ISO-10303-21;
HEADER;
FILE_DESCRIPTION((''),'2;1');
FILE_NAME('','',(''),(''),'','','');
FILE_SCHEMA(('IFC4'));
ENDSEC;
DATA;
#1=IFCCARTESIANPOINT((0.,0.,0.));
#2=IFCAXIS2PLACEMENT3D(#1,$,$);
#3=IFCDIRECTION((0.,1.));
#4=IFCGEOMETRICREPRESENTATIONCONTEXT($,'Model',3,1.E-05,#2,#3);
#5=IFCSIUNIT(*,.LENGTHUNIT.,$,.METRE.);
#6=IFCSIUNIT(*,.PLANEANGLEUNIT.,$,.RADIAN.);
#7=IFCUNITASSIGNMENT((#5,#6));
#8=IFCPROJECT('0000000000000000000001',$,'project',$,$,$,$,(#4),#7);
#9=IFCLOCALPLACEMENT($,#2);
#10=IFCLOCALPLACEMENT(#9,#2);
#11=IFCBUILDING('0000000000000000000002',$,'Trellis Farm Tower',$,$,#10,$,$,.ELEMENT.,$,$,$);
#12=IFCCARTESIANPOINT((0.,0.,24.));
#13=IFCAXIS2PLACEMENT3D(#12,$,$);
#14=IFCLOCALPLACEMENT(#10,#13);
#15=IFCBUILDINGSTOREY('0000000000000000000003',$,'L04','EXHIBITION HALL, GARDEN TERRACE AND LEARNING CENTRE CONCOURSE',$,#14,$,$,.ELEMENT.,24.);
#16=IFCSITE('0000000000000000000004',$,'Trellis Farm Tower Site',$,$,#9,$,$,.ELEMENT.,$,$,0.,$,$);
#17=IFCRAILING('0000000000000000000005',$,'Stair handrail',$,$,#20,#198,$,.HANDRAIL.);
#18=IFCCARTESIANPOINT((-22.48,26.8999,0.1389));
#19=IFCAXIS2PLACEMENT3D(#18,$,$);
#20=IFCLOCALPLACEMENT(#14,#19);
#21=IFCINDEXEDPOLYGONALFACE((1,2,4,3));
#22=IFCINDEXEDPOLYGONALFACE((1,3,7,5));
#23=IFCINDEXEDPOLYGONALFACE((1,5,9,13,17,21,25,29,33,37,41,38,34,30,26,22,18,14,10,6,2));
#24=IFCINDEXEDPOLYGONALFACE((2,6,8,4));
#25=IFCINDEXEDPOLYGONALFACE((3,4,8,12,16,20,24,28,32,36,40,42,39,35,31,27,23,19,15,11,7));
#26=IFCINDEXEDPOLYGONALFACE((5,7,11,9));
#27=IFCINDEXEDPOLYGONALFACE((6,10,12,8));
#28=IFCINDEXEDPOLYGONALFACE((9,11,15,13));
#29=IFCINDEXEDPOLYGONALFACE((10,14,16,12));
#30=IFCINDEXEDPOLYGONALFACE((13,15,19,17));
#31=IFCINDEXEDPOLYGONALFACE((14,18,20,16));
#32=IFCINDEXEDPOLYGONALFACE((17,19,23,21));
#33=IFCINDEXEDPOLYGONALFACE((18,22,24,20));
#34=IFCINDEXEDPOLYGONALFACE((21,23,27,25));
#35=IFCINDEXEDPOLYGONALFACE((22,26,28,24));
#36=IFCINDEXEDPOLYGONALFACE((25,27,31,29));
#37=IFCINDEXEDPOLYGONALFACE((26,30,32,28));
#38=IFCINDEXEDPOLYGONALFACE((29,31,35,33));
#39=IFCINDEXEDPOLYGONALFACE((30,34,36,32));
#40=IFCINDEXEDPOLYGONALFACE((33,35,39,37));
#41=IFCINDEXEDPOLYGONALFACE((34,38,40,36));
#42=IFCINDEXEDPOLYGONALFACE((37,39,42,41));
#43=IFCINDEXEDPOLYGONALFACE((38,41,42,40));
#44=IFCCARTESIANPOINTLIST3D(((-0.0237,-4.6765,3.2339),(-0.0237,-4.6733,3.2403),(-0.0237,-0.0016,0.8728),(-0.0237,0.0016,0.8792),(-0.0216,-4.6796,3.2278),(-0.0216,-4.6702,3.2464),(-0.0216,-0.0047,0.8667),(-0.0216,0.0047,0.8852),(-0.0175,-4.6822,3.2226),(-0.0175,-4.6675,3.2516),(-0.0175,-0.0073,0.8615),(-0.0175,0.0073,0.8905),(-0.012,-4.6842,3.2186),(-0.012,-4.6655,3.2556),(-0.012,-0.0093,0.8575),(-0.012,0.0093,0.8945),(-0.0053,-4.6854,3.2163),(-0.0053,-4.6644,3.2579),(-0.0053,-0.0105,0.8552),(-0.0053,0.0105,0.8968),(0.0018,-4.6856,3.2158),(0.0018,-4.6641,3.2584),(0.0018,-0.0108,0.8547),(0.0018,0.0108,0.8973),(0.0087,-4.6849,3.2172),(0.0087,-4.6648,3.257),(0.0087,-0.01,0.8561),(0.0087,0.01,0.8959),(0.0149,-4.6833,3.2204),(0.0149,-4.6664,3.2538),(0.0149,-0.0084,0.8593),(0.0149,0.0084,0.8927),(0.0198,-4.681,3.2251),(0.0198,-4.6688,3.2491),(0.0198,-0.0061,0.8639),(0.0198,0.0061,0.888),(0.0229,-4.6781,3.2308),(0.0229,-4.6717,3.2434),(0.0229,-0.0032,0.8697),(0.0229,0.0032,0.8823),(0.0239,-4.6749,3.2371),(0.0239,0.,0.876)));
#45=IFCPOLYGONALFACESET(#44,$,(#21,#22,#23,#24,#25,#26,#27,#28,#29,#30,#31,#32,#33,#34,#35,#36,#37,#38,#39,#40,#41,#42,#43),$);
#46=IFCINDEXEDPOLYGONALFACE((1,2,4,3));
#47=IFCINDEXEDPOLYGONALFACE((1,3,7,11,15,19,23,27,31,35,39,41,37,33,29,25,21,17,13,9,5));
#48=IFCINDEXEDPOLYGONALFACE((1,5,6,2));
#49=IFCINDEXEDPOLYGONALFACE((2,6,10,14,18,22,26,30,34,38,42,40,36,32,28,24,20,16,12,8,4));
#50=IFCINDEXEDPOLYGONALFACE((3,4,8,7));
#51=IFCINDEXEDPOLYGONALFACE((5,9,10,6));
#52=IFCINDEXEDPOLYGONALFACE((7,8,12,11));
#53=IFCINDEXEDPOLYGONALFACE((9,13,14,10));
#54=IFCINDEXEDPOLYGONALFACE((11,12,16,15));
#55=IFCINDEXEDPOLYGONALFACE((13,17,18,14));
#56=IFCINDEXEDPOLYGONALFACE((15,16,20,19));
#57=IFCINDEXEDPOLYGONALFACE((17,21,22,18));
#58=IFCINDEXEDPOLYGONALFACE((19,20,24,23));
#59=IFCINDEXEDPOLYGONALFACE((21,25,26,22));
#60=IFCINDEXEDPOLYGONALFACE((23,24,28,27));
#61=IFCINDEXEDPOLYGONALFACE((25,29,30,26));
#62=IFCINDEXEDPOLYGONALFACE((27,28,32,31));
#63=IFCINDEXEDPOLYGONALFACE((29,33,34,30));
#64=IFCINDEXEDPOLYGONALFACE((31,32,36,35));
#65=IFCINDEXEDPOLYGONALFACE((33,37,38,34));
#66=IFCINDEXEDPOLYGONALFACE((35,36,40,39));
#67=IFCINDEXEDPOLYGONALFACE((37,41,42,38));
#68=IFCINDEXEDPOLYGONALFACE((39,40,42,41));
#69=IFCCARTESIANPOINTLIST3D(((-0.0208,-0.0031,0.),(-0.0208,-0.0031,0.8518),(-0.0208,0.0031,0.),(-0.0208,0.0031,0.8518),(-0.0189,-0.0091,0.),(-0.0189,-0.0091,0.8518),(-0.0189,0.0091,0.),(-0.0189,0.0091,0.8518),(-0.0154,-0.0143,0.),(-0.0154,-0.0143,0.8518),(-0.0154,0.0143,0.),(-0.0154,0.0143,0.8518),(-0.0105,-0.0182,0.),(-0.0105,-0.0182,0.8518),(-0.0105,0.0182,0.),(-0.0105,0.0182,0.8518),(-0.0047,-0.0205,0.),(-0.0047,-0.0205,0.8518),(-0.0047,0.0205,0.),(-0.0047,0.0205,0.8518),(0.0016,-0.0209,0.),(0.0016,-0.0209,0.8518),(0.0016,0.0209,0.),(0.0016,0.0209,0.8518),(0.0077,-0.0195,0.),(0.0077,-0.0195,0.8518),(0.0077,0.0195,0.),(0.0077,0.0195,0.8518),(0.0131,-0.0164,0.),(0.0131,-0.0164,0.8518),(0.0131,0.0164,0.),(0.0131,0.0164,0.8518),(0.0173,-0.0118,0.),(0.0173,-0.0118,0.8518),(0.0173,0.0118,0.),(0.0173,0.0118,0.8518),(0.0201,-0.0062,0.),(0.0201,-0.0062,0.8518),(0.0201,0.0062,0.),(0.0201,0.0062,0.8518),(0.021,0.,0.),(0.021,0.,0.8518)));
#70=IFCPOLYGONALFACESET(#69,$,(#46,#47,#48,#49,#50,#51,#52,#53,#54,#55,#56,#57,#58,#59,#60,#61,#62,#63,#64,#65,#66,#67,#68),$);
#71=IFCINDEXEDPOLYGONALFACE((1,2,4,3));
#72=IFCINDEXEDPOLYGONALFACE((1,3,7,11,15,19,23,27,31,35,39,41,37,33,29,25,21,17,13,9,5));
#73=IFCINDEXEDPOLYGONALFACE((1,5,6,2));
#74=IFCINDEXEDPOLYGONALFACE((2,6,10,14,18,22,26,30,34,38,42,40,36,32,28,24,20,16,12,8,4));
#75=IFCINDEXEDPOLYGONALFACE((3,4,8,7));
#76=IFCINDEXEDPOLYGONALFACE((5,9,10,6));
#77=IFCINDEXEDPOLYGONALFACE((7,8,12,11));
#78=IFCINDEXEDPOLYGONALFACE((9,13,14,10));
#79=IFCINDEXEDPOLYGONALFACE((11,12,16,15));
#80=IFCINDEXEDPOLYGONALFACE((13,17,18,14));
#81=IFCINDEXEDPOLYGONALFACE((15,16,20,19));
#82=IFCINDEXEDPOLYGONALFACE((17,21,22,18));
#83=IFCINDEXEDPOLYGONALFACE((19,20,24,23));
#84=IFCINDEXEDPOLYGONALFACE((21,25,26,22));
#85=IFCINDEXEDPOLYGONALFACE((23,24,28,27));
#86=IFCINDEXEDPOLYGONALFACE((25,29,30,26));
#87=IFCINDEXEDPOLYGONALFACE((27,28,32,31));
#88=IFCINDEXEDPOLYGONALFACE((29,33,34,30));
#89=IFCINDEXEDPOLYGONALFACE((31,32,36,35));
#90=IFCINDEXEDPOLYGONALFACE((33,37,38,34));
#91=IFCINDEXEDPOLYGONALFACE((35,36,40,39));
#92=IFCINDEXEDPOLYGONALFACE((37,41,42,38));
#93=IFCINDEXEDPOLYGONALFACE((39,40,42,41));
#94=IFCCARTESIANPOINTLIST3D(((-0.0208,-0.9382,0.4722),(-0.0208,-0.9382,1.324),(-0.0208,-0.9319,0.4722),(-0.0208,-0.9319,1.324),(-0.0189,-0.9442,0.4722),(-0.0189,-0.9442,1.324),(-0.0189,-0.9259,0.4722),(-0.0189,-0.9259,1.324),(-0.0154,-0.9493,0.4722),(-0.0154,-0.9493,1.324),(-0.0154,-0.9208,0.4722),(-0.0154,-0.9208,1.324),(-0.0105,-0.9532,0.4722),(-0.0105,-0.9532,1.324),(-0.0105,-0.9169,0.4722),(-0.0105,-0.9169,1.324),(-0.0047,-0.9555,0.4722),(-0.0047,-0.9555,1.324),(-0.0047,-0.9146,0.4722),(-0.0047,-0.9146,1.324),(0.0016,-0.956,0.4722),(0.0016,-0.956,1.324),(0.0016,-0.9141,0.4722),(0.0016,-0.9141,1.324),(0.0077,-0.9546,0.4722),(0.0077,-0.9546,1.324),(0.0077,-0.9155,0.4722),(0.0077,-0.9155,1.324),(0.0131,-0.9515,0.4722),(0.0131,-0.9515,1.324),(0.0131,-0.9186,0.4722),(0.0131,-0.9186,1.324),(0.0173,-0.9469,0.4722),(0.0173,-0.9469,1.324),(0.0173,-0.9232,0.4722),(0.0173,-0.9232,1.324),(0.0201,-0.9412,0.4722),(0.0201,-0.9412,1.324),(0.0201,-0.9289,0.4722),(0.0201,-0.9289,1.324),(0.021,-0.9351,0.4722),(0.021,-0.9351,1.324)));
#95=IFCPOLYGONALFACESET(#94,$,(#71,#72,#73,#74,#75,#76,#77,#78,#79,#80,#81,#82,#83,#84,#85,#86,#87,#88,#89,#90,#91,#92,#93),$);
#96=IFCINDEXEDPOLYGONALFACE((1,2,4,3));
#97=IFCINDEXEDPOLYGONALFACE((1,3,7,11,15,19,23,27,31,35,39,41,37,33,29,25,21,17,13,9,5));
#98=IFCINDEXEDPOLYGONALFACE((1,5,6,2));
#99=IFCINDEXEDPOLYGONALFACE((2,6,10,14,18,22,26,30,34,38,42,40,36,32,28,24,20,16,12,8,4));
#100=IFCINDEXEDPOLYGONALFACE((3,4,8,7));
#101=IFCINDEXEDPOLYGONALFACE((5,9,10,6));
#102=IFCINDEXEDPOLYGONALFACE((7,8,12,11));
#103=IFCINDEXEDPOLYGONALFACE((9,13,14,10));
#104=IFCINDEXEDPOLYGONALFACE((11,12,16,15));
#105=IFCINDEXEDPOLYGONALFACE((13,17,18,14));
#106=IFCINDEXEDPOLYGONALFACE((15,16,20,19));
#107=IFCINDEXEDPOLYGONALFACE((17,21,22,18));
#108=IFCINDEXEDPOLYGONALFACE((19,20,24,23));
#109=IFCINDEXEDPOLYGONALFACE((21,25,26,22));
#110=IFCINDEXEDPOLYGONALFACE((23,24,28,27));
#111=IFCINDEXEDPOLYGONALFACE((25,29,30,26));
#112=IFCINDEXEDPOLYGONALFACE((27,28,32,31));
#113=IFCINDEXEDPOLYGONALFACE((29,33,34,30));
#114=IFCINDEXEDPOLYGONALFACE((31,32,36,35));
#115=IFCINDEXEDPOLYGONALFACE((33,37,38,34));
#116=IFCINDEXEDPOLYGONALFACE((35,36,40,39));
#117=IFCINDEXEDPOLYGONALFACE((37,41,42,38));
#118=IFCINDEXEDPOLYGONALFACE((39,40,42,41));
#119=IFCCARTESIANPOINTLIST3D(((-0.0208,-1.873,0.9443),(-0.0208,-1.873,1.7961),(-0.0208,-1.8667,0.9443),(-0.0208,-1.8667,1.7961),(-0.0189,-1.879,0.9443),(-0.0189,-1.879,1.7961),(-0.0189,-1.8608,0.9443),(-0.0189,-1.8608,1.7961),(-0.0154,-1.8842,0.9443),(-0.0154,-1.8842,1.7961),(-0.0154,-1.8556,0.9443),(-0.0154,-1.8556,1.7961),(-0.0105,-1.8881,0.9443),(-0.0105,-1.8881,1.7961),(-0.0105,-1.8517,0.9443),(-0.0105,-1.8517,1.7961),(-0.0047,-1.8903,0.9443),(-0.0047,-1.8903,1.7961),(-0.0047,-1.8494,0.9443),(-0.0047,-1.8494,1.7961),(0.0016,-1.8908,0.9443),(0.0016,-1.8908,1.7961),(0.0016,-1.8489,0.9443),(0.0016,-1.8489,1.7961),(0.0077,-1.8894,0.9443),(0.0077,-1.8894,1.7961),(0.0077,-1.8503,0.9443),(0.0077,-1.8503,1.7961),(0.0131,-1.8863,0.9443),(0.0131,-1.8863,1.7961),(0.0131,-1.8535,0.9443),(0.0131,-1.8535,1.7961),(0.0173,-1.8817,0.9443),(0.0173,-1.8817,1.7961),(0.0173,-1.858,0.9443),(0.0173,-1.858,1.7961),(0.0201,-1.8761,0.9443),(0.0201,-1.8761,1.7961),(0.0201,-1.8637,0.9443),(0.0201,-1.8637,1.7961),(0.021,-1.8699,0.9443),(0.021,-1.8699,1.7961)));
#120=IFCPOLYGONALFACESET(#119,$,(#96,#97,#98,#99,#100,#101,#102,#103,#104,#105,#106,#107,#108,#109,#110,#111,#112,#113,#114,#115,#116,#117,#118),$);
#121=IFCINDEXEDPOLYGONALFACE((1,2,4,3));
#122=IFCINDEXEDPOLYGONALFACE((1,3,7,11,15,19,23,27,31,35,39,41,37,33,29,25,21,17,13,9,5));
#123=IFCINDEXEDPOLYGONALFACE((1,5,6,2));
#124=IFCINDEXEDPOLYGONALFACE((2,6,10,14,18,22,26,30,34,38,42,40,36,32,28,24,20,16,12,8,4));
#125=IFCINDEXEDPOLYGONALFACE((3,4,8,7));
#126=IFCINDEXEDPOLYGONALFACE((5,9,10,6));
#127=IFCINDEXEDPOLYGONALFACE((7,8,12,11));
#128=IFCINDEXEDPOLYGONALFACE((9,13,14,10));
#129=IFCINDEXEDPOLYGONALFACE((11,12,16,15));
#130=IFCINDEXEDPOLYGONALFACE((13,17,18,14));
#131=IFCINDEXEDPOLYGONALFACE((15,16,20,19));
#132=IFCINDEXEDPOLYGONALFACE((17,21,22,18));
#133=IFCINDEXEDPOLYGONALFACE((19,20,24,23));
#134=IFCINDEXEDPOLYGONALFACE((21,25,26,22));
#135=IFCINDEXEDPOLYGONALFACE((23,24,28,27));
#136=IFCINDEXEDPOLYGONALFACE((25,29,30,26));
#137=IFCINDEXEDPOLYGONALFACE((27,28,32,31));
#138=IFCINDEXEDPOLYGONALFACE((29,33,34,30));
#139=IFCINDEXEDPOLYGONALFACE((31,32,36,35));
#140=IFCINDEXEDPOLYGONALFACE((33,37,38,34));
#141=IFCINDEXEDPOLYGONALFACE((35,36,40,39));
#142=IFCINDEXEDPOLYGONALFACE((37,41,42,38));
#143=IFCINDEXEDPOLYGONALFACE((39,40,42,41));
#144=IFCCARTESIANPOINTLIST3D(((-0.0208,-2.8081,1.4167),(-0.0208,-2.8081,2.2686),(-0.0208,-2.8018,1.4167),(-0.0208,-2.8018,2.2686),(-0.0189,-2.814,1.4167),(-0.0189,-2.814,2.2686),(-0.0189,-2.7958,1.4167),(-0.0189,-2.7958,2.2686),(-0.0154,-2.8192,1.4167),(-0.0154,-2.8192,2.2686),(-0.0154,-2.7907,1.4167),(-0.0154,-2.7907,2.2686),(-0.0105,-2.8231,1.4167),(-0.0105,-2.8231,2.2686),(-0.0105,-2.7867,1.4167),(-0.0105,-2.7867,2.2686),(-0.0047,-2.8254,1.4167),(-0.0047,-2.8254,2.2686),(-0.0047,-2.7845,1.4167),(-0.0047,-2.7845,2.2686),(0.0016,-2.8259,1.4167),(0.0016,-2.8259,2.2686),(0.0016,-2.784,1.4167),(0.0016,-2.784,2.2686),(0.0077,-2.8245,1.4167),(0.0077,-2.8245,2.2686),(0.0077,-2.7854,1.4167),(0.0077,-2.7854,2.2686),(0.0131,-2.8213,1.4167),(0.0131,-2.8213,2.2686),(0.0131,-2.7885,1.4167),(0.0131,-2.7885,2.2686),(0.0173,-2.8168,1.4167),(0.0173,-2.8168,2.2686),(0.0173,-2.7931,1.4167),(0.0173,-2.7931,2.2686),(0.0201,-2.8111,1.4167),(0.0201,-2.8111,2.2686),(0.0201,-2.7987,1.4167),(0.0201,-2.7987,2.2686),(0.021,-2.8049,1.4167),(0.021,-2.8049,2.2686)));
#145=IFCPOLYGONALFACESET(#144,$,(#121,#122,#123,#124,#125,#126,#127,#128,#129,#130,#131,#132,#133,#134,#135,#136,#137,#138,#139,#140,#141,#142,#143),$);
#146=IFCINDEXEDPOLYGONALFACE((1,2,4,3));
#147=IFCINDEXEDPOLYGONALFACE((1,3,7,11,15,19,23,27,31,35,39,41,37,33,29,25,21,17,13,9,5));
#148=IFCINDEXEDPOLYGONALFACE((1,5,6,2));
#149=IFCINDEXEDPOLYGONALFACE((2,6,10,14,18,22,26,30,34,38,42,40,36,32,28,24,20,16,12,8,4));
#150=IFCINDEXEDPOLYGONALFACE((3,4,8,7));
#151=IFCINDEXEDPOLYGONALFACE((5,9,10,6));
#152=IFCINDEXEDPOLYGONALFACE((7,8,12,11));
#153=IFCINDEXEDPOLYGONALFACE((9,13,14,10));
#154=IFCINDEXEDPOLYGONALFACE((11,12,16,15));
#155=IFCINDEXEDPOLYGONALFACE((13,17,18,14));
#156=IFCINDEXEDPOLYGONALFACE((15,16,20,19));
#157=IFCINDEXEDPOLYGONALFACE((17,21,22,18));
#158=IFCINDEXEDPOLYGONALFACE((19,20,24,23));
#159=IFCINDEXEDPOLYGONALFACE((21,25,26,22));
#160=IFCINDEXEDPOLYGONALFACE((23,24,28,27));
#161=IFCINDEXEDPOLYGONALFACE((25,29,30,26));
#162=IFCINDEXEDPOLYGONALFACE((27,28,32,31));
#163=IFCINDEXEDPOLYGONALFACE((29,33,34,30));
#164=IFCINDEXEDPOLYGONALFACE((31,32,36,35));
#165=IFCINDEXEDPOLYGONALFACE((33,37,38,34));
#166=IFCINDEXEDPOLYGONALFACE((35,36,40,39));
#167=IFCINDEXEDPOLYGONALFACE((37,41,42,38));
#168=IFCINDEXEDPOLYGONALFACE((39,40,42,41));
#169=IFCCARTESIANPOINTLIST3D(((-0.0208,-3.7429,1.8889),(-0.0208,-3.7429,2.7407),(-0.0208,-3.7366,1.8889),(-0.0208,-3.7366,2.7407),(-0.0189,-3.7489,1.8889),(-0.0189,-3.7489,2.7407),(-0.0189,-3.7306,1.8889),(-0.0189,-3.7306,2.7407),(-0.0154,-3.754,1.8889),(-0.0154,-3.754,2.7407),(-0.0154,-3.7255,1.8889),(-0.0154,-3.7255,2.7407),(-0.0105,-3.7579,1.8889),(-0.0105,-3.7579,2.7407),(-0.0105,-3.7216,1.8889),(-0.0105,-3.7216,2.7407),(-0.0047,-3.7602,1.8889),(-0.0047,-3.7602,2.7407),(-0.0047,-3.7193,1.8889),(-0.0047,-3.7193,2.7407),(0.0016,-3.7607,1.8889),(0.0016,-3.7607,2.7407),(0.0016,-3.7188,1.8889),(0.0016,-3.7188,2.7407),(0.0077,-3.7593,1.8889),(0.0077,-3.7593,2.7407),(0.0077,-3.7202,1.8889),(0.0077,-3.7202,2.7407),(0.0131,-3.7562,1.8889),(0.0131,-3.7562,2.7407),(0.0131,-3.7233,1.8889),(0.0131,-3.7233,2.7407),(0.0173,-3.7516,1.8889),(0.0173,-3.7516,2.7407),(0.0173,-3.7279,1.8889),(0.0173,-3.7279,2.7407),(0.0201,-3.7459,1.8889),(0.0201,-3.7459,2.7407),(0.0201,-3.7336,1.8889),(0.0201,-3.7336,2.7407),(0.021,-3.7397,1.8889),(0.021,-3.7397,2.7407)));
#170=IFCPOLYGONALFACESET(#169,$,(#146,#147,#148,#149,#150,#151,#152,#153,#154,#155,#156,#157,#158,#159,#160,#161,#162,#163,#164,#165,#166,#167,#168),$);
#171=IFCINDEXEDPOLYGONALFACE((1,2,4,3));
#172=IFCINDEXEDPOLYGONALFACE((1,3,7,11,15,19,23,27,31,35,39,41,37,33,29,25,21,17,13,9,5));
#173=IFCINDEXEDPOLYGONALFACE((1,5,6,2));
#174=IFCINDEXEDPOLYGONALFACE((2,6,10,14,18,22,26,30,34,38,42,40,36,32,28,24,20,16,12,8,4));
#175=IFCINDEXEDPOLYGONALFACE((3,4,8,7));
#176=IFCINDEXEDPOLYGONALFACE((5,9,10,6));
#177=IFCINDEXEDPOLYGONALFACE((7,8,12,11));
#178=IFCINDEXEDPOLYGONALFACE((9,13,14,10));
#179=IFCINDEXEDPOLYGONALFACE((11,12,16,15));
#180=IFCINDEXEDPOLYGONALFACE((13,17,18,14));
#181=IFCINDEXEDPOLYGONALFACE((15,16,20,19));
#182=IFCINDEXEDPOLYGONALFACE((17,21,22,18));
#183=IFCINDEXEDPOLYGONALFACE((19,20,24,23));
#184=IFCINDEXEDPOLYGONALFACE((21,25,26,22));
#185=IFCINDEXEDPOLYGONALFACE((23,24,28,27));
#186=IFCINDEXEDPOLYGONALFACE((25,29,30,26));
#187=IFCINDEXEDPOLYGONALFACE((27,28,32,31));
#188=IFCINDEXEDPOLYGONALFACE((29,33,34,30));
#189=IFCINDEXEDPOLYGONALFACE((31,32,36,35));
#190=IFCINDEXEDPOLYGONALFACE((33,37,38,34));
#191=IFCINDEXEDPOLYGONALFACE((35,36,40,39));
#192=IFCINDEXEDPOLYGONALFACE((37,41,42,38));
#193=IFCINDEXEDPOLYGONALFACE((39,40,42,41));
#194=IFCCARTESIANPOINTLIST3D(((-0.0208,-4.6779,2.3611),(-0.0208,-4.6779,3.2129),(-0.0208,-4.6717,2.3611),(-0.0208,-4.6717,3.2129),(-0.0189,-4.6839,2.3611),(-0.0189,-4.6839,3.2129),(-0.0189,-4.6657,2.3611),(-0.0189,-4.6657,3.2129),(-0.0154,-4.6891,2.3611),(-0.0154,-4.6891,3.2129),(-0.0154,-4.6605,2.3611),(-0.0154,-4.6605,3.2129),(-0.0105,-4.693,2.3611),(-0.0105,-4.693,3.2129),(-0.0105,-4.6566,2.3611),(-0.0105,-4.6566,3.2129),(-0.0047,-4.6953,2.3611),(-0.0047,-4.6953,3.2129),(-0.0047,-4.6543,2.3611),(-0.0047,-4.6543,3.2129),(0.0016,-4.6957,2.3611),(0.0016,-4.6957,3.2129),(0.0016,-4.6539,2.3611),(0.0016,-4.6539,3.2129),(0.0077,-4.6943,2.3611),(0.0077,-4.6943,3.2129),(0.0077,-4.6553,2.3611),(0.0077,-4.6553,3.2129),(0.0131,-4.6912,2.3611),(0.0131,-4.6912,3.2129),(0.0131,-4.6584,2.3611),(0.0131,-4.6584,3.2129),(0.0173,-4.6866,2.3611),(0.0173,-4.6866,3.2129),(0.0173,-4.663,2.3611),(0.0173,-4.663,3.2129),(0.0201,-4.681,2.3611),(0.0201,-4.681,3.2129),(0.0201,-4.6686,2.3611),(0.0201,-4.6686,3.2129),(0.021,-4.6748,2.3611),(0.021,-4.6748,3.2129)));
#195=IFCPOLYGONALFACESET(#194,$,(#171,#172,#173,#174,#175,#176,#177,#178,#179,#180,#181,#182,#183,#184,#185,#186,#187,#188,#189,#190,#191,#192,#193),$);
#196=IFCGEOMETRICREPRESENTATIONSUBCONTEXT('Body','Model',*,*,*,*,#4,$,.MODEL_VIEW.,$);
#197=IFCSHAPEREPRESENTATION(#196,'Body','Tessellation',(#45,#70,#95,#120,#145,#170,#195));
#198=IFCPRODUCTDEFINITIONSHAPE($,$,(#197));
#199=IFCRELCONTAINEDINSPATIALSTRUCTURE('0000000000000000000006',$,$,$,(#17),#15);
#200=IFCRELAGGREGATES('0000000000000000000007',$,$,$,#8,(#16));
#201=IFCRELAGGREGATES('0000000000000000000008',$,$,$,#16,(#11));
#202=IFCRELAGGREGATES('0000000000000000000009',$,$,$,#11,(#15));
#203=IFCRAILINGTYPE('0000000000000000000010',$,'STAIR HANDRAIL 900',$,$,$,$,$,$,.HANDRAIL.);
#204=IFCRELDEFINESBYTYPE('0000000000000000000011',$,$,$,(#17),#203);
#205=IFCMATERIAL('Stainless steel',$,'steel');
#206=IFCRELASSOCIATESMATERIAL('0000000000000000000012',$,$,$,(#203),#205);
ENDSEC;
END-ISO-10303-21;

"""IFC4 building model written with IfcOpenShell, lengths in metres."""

from ifc_helpers import new_model, si_unit, direction, frame, origin, origin_2d, place, context, subcontext, project, spatial, circle, extrude, source, transform, mapped, material, type_object, element, save


model = new_model("IFC4")

# Units and contexts
model_context = context("Model", 3, precision=1e-05, world=origin(), true_north=direction((0.0, 1.0)))
body_context = subcontext(model_context, "Body", "Model", "MODEL_VIEW")
ifc_project = project(units=[si_unit("LENGTHUNIT", "METRE"), si_unit("PLANEANGLEUNIT", "RADIAN")], contexts=[model_context])

# Site, building, storey
site_placement = place(None, origin())
site = spatial("IfcSite", under=ifc_project, at=site_placement, Name="Trellis Farm Tower Site", CompositionType="ELEMENT", RefElevation=0.0)
building_placement = place(site_placement, origin())
building = spatial("IfcBuilding", under=site, at=building_placement, Name="Trellis Farm Tower", CompositionType="ELEMENT")
storey_placement = place(building_placement, frame((0.0, 0.0, 24.0)))
storey = spatial("IfcBuildingStorey", under=building, at=storey_placement, Name="L04", Description="EXHIBITION HALL, GARDEN TERRACE AND LEARNING CENTRE CONCOURSE", CompositionType="ELEMENT", Elevation=24.0)

# Railing
ifc_material_1 = material(Name="Stainless steel", Category="steel")
railing_type_1 = type_object("IfcRailingType", Name="STAIR HANDRAIL 900", PredefinedType="HANDRAIL", material=ifc_material_1)
shared_shape_1 = source(origin(), body_context, "Body", "SweptSolid", [
    extrude(circle(Radius=0.0239, at=origin_2d()), frame((0.0, 0.0, 0.876), z_axis=(0.0, -0.892611, 0.450827), x_axis=(1.0, 0.0, 0.0)), (0.0, 0.0, 1.0), 5.2373),
    extrude(circle(Radius=0.021, at=origin_2d()), origin(), (0.0, 0.0, 1.0), 0.8518),
    extrude(circle(Radius=0.021, at=origin_2d()), frame((0.0, -0.9351, 0.4722)), (0.0, 0.0, 1.0), 0.8518),
    extrude(circle(Radius=0.021, at=origin_2d()), frame((0.0, -1.8699, 0.9443)), (0.0, 0.0, 1.0), 0.8518),
    extrude(circle(Radius=0.021, at=origin_2d()), frame((0.0, -2.8049, 1.4167)), (0.0, 0.0, 1.0), 0.8518),
    extrude(circle(Radius=0.021, at=origin_2d()), frame((0.0, -3.7397, 1.8889)), (0.0, 0.0, 1.0), 0.8518),
    extrude(circle(Radius=0.021, at=origin_2d()), frame((0.0, -4.6748, 2.3611)), (0.0, 0.0, 1.0), 0.8518),
])
railing_1_placement = place(storey_placement, frame((-22.48, 26.8999, 0.1389)))
element("IfcRailing", 1, at=railing_1_placement, inside=storey, type_object=railing_type_1, Name="Stair handrail", PredefinedType="HANDRAIL", context=body_context, shape_type="MappedRepresentation", body=[
    mapped(shared_shape_1, transform((0.0, 0.0, 0.0))),
])

save(model, "model.ifc")
